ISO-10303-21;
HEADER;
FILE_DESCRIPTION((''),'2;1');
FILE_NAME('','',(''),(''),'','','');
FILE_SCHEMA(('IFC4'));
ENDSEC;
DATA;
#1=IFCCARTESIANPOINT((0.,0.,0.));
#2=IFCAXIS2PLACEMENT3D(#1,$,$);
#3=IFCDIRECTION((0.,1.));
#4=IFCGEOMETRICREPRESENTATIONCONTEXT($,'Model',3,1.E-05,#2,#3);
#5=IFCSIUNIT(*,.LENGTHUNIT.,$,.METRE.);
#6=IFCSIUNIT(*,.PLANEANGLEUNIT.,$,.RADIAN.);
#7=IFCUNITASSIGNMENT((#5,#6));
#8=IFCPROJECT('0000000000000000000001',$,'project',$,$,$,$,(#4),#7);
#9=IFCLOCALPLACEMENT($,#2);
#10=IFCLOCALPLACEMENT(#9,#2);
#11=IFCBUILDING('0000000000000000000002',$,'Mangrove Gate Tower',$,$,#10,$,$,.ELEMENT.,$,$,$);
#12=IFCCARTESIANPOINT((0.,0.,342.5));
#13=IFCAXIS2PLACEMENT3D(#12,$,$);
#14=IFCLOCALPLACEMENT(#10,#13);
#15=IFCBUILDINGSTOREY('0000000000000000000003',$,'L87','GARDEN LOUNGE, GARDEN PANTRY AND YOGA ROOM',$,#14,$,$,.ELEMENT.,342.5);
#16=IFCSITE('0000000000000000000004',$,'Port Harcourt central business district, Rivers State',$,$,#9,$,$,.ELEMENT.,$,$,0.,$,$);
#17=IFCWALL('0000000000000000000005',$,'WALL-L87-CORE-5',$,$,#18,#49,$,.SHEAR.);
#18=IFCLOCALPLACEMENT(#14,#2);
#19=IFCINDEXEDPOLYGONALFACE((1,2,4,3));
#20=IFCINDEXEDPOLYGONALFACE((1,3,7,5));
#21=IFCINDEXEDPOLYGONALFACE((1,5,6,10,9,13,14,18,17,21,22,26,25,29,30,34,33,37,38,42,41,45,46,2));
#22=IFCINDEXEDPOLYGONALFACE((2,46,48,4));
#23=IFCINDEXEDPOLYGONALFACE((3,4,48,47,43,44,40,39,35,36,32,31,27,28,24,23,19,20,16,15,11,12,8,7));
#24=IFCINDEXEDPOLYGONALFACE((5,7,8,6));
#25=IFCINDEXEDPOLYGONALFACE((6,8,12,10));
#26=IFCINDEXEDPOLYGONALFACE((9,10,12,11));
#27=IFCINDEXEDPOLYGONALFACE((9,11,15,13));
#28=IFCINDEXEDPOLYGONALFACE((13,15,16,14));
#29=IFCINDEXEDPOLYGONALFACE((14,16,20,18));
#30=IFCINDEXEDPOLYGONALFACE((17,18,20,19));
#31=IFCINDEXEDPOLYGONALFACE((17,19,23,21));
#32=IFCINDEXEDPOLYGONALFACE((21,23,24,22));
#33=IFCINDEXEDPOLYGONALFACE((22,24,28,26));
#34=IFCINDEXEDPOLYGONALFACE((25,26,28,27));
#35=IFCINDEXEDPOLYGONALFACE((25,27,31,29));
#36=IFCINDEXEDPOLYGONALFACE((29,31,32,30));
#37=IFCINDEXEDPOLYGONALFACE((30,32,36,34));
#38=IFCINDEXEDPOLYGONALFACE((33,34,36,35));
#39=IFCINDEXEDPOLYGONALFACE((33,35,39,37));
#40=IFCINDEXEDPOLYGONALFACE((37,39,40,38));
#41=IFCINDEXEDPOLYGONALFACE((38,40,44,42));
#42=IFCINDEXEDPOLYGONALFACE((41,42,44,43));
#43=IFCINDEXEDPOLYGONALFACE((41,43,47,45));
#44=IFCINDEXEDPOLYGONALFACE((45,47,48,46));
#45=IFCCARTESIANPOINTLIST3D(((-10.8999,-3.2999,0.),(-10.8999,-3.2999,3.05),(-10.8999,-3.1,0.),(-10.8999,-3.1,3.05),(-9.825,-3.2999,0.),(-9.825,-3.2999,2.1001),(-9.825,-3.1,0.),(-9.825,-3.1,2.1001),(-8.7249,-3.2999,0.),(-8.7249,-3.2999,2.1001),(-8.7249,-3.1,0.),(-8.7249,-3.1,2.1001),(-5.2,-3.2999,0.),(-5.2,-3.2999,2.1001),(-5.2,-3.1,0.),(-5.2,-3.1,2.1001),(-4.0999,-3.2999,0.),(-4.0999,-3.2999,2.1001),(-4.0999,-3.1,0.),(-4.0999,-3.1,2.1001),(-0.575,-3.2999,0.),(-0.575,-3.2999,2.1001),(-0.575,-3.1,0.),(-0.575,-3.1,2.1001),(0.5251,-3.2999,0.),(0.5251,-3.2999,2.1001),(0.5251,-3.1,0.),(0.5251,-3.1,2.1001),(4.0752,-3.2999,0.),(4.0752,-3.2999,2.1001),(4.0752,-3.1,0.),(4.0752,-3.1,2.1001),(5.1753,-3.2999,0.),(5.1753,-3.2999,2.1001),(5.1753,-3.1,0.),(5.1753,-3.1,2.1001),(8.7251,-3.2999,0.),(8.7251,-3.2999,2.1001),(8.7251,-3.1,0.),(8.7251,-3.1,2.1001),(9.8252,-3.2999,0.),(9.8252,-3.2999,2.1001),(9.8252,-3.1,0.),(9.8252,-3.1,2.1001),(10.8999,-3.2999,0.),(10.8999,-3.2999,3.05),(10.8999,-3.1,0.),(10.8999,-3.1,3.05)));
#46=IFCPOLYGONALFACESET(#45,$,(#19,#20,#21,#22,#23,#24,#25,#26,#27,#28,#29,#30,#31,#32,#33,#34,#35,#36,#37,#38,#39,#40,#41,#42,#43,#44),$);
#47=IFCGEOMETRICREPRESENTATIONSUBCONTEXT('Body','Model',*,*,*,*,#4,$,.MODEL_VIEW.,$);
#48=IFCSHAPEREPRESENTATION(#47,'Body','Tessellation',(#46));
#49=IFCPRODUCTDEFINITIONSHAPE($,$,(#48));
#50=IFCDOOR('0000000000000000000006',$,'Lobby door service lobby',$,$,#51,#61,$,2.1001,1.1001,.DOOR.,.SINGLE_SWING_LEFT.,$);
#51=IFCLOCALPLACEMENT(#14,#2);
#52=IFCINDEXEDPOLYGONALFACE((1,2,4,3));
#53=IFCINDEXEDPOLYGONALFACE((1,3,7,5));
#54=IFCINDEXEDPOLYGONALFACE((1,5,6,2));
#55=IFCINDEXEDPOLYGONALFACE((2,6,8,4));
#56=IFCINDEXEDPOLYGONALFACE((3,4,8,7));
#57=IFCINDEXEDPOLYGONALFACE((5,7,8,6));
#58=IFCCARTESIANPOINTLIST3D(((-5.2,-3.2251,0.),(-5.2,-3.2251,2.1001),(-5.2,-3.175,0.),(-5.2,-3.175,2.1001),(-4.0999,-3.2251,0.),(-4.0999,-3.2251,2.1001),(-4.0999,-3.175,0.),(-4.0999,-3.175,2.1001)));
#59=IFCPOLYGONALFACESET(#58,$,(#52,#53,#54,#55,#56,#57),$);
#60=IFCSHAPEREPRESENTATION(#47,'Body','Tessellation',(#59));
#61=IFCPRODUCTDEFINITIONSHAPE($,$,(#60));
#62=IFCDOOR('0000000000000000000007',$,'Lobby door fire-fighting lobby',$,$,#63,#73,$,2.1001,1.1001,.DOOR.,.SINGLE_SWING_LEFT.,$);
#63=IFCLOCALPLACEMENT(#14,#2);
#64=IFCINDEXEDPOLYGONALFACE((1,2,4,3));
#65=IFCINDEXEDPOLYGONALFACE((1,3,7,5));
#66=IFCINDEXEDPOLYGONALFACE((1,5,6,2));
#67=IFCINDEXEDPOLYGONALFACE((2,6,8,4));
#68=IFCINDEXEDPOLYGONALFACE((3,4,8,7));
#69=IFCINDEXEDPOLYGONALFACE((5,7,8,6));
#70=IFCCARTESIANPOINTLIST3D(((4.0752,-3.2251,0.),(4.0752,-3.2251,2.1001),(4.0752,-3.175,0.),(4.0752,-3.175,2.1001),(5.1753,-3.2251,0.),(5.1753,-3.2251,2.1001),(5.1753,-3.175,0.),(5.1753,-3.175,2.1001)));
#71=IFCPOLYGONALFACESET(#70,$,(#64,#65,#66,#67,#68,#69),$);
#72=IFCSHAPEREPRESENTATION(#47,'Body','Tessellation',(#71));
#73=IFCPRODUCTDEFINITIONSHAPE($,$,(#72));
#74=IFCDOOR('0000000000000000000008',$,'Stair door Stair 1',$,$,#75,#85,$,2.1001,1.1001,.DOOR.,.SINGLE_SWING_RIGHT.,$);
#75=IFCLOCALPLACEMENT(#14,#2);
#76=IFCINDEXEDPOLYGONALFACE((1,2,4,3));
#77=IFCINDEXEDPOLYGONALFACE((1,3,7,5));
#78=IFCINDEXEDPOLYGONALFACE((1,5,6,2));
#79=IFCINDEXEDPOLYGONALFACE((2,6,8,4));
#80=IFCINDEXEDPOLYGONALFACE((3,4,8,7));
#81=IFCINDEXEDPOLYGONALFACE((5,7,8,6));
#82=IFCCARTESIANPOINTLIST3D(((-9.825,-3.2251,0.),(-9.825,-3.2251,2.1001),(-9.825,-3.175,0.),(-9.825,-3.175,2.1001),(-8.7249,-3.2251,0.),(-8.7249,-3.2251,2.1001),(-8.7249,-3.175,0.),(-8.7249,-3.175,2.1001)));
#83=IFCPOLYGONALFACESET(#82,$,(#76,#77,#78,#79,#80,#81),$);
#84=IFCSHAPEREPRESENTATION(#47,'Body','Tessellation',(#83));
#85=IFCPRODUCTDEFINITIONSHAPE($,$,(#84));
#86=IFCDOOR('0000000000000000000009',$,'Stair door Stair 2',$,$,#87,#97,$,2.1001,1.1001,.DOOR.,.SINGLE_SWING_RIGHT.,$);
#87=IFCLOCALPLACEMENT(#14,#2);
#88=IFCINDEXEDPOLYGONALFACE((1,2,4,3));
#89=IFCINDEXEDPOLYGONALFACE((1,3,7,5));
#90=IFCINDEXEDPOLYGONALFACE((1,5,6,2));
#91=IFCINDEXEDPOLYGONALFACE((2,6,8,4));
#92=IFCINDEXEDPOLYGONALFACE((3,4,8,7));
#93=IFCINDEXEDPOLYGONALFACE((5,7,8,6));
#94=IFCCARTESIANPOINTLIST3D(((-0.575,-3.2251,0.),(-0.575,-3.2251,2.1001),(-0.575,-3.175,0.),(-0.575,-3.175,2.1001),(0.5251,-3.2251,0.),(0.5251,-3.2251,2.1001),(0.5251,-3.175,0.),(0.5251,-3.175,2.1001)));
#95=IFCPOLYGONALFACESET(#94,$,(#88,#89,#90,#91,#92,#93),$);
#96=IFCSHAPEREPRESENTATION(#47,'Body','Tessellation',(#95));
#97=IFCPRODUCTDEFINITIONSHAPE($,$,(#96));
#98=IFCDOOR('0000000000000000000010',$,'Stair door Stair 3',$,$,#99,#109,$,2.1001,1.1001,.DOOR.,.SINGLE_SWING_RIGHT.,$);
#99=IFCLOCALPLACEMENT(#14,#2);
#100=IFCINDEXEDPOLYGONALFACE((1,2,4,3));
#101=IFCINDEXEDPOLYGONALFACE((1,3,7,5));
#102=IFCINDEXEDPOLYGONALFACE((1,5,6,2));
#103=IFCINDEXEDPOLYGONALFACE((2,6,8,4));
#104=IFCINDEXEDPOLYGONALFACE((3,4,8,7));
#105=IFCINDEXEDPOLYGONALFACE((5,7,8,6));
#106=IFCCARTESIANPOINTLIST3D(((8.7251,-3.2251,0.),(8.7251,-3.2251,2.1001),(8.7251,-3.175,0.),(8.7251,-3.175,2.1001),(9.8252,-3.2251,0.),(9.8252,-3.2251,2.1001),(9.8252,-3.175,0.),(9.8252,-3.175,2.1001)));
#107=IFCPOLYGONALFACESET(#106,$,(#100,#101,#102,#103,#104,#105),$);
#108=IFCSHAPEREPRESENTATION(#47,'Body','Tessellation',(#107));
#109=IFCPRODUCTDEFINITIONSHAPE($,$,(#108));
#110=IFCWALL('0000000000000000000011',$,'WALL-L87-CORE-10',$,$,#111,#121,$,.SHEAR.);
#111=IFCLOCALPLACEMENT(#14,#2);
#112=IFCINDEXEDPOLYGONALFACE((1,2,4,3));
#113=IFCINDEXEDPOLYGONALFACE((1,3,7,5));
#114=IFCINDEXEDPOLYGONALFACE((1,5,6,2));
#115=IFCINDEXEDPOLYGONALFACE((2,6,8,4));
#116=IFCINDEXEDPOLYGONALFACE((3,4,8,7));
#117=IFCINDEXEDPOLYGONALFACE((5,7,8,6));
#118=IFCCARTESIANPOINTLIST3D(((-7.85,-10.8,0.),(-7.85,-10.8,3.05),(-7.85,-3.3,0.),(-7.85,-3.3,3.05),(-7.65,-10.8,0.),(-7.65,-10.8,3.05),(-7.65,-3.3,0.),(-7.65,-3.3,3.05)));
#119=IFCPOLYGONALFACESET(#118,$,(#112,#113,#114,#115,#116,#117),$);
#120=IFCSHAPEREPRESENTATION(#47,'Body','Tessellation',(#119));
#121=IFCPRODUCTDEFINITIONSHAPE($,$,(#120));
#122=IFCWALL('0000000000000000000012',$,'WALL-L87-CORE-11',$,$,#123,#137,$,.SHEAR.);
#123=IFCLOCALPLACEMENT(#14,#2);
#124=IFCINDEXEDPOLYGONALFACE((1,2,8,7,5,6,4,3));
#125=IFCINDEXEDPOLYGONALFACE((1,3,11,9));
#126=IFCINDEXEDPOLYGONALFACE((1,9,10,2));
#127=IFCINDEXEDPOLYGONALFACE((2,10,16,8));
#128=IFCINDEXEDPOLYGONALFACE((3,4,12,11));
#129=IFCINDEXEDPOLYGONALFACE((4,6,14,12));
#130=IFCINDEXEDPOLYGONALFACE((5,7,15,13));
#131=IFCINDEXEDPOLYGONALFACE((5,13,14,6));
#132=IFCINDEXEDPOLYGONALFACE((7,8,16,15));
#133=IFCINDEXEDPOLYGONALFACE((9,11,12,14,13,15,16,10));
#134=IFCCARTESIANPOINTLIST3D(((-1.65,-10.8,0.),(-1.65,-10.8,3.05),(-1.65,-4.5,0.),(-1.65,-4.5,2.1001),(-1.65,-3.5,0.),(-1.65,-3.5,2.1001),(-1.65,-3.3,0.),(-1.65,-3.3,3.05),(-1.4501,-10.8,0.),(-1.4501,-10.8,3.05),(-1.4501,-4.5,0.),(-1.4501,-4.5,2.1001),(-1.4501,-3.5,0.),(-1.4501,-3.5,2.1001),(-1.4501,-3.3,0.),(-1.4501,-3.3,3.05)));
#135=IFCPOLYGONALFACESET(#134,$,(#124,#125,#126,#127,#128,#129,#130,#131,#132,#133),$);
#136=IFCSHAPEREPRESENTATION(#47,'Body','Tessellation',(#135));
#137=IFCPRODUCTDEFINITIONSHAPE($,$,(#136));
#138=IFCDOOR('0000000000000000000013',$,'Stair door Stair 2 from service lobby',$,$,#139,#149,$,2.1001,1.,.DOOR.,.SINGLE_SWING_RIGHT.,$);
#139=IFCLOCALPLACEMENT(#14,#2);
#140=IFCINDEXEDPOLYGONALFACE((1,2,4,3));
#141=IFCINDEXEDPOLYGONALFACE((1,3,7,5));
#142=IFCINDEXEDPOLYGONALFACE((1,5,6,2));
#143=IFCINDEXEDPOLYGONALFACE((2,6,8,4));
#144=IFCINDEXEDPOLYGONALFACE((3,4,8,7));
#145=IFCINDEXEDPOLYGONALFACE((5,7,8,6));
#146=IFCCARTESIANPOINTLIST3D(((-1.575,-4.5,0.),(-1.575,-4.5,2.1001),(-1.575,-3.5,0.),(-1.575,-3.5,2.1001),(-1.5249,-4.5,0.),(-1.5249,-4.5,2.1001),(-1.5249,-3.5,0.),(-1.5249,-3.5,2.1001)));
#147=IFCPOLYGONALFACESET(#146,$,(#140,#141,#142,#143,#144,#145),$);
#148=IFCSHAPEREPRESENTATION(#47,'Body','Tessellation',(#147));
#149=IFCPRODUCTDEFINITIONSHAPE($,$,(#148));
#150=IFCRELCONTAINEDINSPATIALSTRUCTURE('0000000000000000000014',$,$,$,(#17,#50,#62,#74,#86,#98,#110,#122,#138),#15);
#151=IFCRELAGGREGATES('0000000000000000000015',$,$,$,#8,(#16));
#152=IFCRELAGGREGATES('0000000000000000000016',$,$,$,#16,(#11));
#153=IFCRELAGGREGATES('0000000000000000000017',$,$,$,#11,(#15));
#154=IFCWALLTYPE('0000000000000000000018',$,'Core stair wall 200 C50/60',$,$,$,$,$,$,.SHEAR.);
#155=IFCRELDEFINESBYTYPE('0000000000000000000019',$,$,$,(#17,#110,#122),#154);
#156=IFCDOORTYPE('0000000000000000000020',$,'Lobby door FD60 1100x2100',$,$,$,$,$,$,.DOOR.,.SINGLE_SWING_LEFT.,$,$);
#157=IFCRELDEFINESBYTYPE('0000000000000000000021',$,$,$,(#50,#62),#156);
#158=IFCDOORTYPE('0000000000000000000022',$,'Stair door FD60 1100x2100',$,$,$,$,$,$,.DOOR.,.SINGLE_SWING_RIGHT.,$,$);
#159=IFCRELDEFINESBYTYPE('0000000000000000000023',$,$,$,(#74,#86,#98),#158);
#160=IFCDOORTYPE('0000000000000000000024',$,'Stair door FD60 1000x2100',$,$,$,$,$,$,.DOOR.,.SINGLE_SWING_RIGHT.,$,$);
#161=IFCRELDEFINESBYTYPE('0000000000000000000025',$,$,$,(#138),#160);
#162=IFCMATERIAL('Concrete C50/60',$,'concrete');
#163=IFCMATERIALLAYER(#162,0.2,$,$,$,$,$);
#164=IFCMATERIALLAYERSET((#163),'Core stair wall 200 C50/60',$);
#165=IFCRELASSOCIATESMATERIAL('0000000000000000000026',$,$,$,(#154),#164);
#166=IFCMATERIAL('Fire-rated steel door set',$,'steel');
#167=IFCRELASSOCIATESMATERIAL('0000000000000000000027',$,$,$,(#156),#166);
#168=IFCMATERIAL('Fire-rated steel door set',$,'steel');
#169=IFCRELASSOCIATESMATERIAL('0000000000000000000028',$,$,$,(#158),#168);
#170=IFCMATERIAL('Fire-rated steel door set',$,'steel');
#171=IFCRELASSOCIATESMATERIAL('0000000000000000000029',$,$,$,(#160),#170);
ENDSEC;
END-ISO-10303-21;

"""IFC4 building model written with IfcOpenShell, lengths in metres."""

from ifc_helpers import new_model, si_unit, direction, frame, frame_2d, origin, place, context, subcontext, project, spatial, rectangle, extrude, material, layer, layer_set, type_object, element, fill, save


model = new_model("IFC4")

# Units and contexts
model_context = context("Model", 3, precision=1e-05, world=origin(), true_north=direction((0.0, 1.0)))
body_context = subcontext(model_context, "Body", "Model", "MODEL_VIEW")
ifc_project = project(units=[si_unit("LENGTHUNIT", "METRE"), si_unit("PLANEANGLEUNIT", "RADIAN")], contexts=[model_context])

# Site, building, storey
site_placement = place(None, origin())
site = spatial("IfcSite", under=ifc_project, at=site_placement, Name="Port Harcourt central business district, Rivers State", CompositionType="ELEMENT", RefElevation=0.0)
building_placement = place(site_placement, origin())
building = spatial("IfcBuilding", under=site, at=building_placement, Name="Mangrove Gate Tower", CompositionType="ELEMENT")
storey_placement = place(building_placement, frame((0.0, 0.0, 342.5)))
storey = spatial("IfcBuildingStorey", under=building, at=storey_placement, Name="L87", Description="GARDEN LOUNGE, GARDEN PANTRY AND YOGA ROOM", CompositionType="ELEMENT", Elevation=342.5)

# Wall, openings, doors
ifc_material_1 = material(Name="Concrete C50/60", Category="concrete")
ifc_layer_1 = layer(ifc_material_1, 0.2)
ifc_layer_set_1 = layer_set([ifc_layer_1], Name="Core stair wall 200 C50/60")
wall_type_1 = type_object("IfcWallType", Name="Core stair wall 200 C50/60", PredefinedType="SHEAR", material=ifc_layer_set_1)
wall_1_placement = place(storey_placement, frame((-10.8999, -3.2, 0.0), z_axis=(0.0, 0.0, 1.0), x_axis=(1.0, 0.0, 0.0)))
wall_1 = element("IfcWall", 1, at=wall_1_placement, inside=storey, type_object=wall_type_1, Name="WALL-L87-CORE-5", PredefinedType="SHEAR", context=body_context, shape_type="SweptSolid", body=[
    extrude(rectangle(XDim=21.7998, YDim=0.2, at=frame_2d((10.8999, 0.0))), origin(), (0.0, 0.0, 1.0), 3.05),
])
opening_1_placement = place(wall_1_placement, frame((1.075, 0.0, 0.0)))
opening_1 = element("IfcOpeningElement", 2, at=opening_1_placement, cuts=wall_1, PredefinedType="OPENING", context=body_context, shape_type="SweptSolid", body=[
    extrude(rectangle(XDim=1.1001, YDim=2.1001, at=frame_2d((0.55, 1.05))), frame((0.0, 0.1099, 0.0), z_axis=(0.0, -1.0, 0.0), x_axis=(1.0, 0.0, 0.0)), (0.0, 0.0, 1.0), 0.22),
])
opening_2_placement = place(wall_1_placement, frame((10.325, 0.0, 0.0)))
opening_2 = element("IfcOpeningElement", 3, at=opening_2_placement, cuts=wall_1, PredefinedType="OPENING", context=body_context, shape_type="SweptSolid", body=[
    extrude(rectangle(XDim=1.1001, YDim=2.1001, at=frame_2d((0.55, 1.05))), frame((0.0, 0.1099, 0.0), z_axis=(0.0, -1.0, 0.0), x_axis=(1.0, 0.0, 0.0)), (0.0, 0.0, 1.0), 0.22),
])
opening_3_placement = place(wall_1_placement, frame((19.625, 0.0, 0.0)))
opening_3 = element("IfcOpeningElement", 4, at=opening_3_placement, cuts=wall_1, PredefinedType="OPENING", context=body_context, shape_type="SweptSolid", body=[
    extrude(rectangle(XDim=1.1001, YDim=2.1001, at=frame_2d((0.55, 1.05))), frame((0.0, 0.1099, 0.0), z_axis=(0.0, -1.0, 0.0), x_axis=(1.0, 0.0, 0.0)), (0.0, 0.0, 1.0), 0.22),
])
opening_4_placement = place(wall_1_placement, frame((5.7, 0.0, 0.0)))
opening_4 = element("IfcOpeningElement", 5, at=opening_4_placement, cuts=wall_1, PredefinedType="OPENING", context=body_context, shape_type="SweptSolid", body=[
    extrude(rectangle(XDim=1.1001, YDim=2.1001, at=frame_2d((0.55, 1.05))), frame((0.0, 0.1099, 0.0), z_axis=(0.0, -1.0, 0.0), x_axis=(1.0, 0.0, 0.0)), (0.0, 0.0, 1.0), 0.22),
])
opening_5_placement = place(wall_1_placement, frame((14.9751, 0.0, 0.0)))
opening_5 = element("IfcOpeningElement", 6, at=opening_5_placement, cuts=wall_1, PredefinedType="OPENING", context=body_context, shape_type="SweptSolid", body=[
    extrude(rectangle(XDim=1.1001, YDim=2.1001, at=frame_2d((0.55, 1.05))), frame((0.0, 0.1099, 0.0), z_axis=(0.0, -1.0, 0.0), x_axis=(1.0, 0.0, 0.0)), (0.0, 0.0, 1.0), 0.22),
])
ifc_material_2 = material(Name="Fire-rated steel door set", Category="steel")
door_type_1 = type_object("IfcDoorType", Name="Lobby door FD60 1100x2100", OperationType="SINGLE_SWING_LEFT", PredefinedType="DOOR", material=ifc_material_2)
door_1_placement = place(opening_4_placement, origin())
door_1 = element("IfcDoor", 7, at=door_1_placement, inside=storey, type_object=door_type_1, Name="Lobby door service lobby", OperationType="SINGLE_SWING_LEFT", OverallHeight=2.1001, OverallWidth=1.1001, PredefinedType="DOOR", context=body_context, shape_type="SweptSolid", body=[
    extrude(rectangle(XDim=1.1001, YDim=2.1001, at=frame_2d((0.55, 1.05))), frame((0.0, 0.0249, 0.0), z_axis=(0.0, -1.0, 0.0), x_axis=(1.0, 0.0, 0.0)), (0.0, 0.0, 1.0), 0.05),
])
fill(opening_4, door_1)
door_2_placement = place(opening_5_placement, origin())
door_2 = element("IfcDoor", 8, at=door_2_placement, inside=storey, type_object=door_type_1, Name="Lobby door fire-fighting lobby", OperationType="SINGLE_SWING_LEFT", OverallHeight=2.1001, OverallWidth=1.1001, PredefinedType="DOOR", context=body_context, shape_type="SweptSolid", body=[
    extrude(rectangle(XDim=1.1001, YDim=2.1001, at=frame_2d((0.55, 1.05))), frame((0.0, 0.0249, 0.0), z_axis=(0.0, -1.0, 0.0), x_axis=(1.0, 0.0, 0.0)), (0.0, 0.0, 1.0), 0.05),
])
fill(opening_5, door_2)
ifc_material_3 = material(Name="Fire-rated steel door set", Category="steel")
door_type_2 = type_object("IfcDoorType", Name="Stair door FD60 1100x2100", OperationType="SINGLE_SWING_RIGHT", PredefinedType="DOOR", material=ifc_material_3)
door_3_placement = place(opening_1_placement, origin())
door_3 = element("IfcDoor", 9, at=door_3_placement, inside=storey, type_object=door_type_2, Name="Stair door Stair 1", OperationType="SINGLE_SWING_RIGHT", OverallHeight=2.1001, OverallWidth=1.1001, PredefinedType="DOOR", context=body_context, shape_type="SweptSolid", body=[
    extrude(rectangle(XDim=1.1001, YDim=2.1001, at=frame_2d((0.55, 1.05))), frame((0.0, 0.0249, 0.0), z_axis=(0.0, -1.0, 0.0), x_axis=(1.0, 0.0, 0.0)), (0.0, 0.0, 1.0), 0.05),
])
fill(opening_1, door_3)
door_4_placement = place(opening_2_placement, origin())
door_4 = element("IfcDoor", 10, at=door_4_placement, inside=storey, type_object=door_type_2, Name="Stair door Stair 2", OperationType="SINGLE_SWING_RIGHT", OverallHeight=2.1001, OverallWidth=1.1001, PredefinedType="DOOR", context=body_context, shape_type="SweptSolid", body=[
    extrude(rectangle(XDim=1.1001, YDim=2.1001, at=frame_2d((0.55, 1.05))), frame((0.0, 0.0249, 0.0), z_axis=(0.0, -1.0, 0.0), x_axis=(1.0, 0.0, 0.0)), (0.0, 0.0, 1.0), 0.05),
])
fill(opening_2, door_4)
door_5_placement = place(opening_3_placement, origin())
door_5 = element("IfcDoor", 11, at=door_5_placement, inside=storey, type_object=door_type_2, Name="Stair door Stair 3", OperationType="SINGLE_SWING_RIGHT", OverallHeight=2.1001, OverallWidth=1.1001, PredefinedType="DOOR", context=body_context, shape_type="SweptSolid", body=[
    extrude(rectangle(XDim=1.1001, YDim=2.1001, at=frame_2d((0.55, 1.05))), frame((0.0, 0.0249, 0.0), z_axis=(0.0, -1.0, 0.0), x_axis=(1.0, 0.0, 0.0)), (0.0, 0.0, 1.0), 0.05),
])
fill(opening_3, door_5)

# Wall
wall_2_placement = place(storey_placement, frame((-7.75, -10.8, 0.0), z_axis=(0.0, 0.0, 1.0), x_axis=(0.0, 1.0, 0.0)))
element("IfcWall", 12, at=wall_2_placement, inside=storey, type_object=wall_type_1, Name="WALL-L87-CORE-10", PredefinedType="SHEAR", context=body_context, shape_type="SweptSolid", body=[
    extrude(rectangle(XDim=7.5, YDim=0.2, at=frame_2d((3.75, 0.0))), origin(), (0.0, 0.0, 1.0), 3.05),
])

# Wall, opening, door
wall_3_placement = place(storey_placement, frame((-1.55, -10.8, 0.0), z_axis=(0.0, 0.0, 1.0), x_axis=(0.0, 1.0, 0.0)))
wall_3 = element("IfcWall", 13, at=wall_3_placement, inside=storey, type_object=wall_type_1, Name="WALL-L87-CORE-11", PredefinedType="SHEAR", context=body_context, shape_type="SweptSolid", body=[
    extrude(rectangle(XDim=7.5, YDim=0.2, at=frame_2d((3.75, 0.0))), origin(), (0.0, 0.0, 1.0), 3.05),
])
opening_6_placement = place(wall_3_placement, frame((6.3, 0.0, 0.0)))
opening_6 = element("IfcOpeningElement", 14, at=opening_6_placement, cuts=wall_3, PredefinedType="OPENING", context=body_context, shape_type="SweptSolid", body=[
    extrude(rectangle(XDim=1.0, YDim=2.1001, at=frame_2d((0.5, 1.05))), frame((0.0, 0.1099, 0.0), z_axis=(0.0, -1.0, 0.0), x_axis=(1.0, 0.0, 0.0)), (0.0, 0.0, 1.0), 0.22),
])
ifc_material_4 = material(Name="Fire-rated steel door set", Category="steel")
door_type_3 = type_object("IfcDoorType", Name="Stair door FD60 1000x2100", OperationType="SINGLE_SWING_RIGHT", PredefinedType="DOOR", material=ifc_material_4)
door_6_placement = place(opening_6_placement, origin())
door_6 = element("IfcDoor", 15, at=door_6_placement, inside=storey, type_object=door_type_3, Name="Stair door Stair 2 from service lobby", OperationType="SINGLE_SWING_RIGHT", OverallHeight=2.1001, OverallWidth=1.0, PredefinedType="DOOR", context=body_context, shape_type="SweptSolid", body=[
    extrude(rectangle(XDim=1.0, YDim=2.1001, at=frame_2d((0.5, 1.05))), frame((0.0, 0.0249, 0.0), z_axis=(0.0, -1.0, 0.0), x_axis=(1.0, 0.0, 0.0)), (0.0, 0.0, 1.0), 0.05),
])
fill(opening_6, door_6)

save(model, "model.ifc")
